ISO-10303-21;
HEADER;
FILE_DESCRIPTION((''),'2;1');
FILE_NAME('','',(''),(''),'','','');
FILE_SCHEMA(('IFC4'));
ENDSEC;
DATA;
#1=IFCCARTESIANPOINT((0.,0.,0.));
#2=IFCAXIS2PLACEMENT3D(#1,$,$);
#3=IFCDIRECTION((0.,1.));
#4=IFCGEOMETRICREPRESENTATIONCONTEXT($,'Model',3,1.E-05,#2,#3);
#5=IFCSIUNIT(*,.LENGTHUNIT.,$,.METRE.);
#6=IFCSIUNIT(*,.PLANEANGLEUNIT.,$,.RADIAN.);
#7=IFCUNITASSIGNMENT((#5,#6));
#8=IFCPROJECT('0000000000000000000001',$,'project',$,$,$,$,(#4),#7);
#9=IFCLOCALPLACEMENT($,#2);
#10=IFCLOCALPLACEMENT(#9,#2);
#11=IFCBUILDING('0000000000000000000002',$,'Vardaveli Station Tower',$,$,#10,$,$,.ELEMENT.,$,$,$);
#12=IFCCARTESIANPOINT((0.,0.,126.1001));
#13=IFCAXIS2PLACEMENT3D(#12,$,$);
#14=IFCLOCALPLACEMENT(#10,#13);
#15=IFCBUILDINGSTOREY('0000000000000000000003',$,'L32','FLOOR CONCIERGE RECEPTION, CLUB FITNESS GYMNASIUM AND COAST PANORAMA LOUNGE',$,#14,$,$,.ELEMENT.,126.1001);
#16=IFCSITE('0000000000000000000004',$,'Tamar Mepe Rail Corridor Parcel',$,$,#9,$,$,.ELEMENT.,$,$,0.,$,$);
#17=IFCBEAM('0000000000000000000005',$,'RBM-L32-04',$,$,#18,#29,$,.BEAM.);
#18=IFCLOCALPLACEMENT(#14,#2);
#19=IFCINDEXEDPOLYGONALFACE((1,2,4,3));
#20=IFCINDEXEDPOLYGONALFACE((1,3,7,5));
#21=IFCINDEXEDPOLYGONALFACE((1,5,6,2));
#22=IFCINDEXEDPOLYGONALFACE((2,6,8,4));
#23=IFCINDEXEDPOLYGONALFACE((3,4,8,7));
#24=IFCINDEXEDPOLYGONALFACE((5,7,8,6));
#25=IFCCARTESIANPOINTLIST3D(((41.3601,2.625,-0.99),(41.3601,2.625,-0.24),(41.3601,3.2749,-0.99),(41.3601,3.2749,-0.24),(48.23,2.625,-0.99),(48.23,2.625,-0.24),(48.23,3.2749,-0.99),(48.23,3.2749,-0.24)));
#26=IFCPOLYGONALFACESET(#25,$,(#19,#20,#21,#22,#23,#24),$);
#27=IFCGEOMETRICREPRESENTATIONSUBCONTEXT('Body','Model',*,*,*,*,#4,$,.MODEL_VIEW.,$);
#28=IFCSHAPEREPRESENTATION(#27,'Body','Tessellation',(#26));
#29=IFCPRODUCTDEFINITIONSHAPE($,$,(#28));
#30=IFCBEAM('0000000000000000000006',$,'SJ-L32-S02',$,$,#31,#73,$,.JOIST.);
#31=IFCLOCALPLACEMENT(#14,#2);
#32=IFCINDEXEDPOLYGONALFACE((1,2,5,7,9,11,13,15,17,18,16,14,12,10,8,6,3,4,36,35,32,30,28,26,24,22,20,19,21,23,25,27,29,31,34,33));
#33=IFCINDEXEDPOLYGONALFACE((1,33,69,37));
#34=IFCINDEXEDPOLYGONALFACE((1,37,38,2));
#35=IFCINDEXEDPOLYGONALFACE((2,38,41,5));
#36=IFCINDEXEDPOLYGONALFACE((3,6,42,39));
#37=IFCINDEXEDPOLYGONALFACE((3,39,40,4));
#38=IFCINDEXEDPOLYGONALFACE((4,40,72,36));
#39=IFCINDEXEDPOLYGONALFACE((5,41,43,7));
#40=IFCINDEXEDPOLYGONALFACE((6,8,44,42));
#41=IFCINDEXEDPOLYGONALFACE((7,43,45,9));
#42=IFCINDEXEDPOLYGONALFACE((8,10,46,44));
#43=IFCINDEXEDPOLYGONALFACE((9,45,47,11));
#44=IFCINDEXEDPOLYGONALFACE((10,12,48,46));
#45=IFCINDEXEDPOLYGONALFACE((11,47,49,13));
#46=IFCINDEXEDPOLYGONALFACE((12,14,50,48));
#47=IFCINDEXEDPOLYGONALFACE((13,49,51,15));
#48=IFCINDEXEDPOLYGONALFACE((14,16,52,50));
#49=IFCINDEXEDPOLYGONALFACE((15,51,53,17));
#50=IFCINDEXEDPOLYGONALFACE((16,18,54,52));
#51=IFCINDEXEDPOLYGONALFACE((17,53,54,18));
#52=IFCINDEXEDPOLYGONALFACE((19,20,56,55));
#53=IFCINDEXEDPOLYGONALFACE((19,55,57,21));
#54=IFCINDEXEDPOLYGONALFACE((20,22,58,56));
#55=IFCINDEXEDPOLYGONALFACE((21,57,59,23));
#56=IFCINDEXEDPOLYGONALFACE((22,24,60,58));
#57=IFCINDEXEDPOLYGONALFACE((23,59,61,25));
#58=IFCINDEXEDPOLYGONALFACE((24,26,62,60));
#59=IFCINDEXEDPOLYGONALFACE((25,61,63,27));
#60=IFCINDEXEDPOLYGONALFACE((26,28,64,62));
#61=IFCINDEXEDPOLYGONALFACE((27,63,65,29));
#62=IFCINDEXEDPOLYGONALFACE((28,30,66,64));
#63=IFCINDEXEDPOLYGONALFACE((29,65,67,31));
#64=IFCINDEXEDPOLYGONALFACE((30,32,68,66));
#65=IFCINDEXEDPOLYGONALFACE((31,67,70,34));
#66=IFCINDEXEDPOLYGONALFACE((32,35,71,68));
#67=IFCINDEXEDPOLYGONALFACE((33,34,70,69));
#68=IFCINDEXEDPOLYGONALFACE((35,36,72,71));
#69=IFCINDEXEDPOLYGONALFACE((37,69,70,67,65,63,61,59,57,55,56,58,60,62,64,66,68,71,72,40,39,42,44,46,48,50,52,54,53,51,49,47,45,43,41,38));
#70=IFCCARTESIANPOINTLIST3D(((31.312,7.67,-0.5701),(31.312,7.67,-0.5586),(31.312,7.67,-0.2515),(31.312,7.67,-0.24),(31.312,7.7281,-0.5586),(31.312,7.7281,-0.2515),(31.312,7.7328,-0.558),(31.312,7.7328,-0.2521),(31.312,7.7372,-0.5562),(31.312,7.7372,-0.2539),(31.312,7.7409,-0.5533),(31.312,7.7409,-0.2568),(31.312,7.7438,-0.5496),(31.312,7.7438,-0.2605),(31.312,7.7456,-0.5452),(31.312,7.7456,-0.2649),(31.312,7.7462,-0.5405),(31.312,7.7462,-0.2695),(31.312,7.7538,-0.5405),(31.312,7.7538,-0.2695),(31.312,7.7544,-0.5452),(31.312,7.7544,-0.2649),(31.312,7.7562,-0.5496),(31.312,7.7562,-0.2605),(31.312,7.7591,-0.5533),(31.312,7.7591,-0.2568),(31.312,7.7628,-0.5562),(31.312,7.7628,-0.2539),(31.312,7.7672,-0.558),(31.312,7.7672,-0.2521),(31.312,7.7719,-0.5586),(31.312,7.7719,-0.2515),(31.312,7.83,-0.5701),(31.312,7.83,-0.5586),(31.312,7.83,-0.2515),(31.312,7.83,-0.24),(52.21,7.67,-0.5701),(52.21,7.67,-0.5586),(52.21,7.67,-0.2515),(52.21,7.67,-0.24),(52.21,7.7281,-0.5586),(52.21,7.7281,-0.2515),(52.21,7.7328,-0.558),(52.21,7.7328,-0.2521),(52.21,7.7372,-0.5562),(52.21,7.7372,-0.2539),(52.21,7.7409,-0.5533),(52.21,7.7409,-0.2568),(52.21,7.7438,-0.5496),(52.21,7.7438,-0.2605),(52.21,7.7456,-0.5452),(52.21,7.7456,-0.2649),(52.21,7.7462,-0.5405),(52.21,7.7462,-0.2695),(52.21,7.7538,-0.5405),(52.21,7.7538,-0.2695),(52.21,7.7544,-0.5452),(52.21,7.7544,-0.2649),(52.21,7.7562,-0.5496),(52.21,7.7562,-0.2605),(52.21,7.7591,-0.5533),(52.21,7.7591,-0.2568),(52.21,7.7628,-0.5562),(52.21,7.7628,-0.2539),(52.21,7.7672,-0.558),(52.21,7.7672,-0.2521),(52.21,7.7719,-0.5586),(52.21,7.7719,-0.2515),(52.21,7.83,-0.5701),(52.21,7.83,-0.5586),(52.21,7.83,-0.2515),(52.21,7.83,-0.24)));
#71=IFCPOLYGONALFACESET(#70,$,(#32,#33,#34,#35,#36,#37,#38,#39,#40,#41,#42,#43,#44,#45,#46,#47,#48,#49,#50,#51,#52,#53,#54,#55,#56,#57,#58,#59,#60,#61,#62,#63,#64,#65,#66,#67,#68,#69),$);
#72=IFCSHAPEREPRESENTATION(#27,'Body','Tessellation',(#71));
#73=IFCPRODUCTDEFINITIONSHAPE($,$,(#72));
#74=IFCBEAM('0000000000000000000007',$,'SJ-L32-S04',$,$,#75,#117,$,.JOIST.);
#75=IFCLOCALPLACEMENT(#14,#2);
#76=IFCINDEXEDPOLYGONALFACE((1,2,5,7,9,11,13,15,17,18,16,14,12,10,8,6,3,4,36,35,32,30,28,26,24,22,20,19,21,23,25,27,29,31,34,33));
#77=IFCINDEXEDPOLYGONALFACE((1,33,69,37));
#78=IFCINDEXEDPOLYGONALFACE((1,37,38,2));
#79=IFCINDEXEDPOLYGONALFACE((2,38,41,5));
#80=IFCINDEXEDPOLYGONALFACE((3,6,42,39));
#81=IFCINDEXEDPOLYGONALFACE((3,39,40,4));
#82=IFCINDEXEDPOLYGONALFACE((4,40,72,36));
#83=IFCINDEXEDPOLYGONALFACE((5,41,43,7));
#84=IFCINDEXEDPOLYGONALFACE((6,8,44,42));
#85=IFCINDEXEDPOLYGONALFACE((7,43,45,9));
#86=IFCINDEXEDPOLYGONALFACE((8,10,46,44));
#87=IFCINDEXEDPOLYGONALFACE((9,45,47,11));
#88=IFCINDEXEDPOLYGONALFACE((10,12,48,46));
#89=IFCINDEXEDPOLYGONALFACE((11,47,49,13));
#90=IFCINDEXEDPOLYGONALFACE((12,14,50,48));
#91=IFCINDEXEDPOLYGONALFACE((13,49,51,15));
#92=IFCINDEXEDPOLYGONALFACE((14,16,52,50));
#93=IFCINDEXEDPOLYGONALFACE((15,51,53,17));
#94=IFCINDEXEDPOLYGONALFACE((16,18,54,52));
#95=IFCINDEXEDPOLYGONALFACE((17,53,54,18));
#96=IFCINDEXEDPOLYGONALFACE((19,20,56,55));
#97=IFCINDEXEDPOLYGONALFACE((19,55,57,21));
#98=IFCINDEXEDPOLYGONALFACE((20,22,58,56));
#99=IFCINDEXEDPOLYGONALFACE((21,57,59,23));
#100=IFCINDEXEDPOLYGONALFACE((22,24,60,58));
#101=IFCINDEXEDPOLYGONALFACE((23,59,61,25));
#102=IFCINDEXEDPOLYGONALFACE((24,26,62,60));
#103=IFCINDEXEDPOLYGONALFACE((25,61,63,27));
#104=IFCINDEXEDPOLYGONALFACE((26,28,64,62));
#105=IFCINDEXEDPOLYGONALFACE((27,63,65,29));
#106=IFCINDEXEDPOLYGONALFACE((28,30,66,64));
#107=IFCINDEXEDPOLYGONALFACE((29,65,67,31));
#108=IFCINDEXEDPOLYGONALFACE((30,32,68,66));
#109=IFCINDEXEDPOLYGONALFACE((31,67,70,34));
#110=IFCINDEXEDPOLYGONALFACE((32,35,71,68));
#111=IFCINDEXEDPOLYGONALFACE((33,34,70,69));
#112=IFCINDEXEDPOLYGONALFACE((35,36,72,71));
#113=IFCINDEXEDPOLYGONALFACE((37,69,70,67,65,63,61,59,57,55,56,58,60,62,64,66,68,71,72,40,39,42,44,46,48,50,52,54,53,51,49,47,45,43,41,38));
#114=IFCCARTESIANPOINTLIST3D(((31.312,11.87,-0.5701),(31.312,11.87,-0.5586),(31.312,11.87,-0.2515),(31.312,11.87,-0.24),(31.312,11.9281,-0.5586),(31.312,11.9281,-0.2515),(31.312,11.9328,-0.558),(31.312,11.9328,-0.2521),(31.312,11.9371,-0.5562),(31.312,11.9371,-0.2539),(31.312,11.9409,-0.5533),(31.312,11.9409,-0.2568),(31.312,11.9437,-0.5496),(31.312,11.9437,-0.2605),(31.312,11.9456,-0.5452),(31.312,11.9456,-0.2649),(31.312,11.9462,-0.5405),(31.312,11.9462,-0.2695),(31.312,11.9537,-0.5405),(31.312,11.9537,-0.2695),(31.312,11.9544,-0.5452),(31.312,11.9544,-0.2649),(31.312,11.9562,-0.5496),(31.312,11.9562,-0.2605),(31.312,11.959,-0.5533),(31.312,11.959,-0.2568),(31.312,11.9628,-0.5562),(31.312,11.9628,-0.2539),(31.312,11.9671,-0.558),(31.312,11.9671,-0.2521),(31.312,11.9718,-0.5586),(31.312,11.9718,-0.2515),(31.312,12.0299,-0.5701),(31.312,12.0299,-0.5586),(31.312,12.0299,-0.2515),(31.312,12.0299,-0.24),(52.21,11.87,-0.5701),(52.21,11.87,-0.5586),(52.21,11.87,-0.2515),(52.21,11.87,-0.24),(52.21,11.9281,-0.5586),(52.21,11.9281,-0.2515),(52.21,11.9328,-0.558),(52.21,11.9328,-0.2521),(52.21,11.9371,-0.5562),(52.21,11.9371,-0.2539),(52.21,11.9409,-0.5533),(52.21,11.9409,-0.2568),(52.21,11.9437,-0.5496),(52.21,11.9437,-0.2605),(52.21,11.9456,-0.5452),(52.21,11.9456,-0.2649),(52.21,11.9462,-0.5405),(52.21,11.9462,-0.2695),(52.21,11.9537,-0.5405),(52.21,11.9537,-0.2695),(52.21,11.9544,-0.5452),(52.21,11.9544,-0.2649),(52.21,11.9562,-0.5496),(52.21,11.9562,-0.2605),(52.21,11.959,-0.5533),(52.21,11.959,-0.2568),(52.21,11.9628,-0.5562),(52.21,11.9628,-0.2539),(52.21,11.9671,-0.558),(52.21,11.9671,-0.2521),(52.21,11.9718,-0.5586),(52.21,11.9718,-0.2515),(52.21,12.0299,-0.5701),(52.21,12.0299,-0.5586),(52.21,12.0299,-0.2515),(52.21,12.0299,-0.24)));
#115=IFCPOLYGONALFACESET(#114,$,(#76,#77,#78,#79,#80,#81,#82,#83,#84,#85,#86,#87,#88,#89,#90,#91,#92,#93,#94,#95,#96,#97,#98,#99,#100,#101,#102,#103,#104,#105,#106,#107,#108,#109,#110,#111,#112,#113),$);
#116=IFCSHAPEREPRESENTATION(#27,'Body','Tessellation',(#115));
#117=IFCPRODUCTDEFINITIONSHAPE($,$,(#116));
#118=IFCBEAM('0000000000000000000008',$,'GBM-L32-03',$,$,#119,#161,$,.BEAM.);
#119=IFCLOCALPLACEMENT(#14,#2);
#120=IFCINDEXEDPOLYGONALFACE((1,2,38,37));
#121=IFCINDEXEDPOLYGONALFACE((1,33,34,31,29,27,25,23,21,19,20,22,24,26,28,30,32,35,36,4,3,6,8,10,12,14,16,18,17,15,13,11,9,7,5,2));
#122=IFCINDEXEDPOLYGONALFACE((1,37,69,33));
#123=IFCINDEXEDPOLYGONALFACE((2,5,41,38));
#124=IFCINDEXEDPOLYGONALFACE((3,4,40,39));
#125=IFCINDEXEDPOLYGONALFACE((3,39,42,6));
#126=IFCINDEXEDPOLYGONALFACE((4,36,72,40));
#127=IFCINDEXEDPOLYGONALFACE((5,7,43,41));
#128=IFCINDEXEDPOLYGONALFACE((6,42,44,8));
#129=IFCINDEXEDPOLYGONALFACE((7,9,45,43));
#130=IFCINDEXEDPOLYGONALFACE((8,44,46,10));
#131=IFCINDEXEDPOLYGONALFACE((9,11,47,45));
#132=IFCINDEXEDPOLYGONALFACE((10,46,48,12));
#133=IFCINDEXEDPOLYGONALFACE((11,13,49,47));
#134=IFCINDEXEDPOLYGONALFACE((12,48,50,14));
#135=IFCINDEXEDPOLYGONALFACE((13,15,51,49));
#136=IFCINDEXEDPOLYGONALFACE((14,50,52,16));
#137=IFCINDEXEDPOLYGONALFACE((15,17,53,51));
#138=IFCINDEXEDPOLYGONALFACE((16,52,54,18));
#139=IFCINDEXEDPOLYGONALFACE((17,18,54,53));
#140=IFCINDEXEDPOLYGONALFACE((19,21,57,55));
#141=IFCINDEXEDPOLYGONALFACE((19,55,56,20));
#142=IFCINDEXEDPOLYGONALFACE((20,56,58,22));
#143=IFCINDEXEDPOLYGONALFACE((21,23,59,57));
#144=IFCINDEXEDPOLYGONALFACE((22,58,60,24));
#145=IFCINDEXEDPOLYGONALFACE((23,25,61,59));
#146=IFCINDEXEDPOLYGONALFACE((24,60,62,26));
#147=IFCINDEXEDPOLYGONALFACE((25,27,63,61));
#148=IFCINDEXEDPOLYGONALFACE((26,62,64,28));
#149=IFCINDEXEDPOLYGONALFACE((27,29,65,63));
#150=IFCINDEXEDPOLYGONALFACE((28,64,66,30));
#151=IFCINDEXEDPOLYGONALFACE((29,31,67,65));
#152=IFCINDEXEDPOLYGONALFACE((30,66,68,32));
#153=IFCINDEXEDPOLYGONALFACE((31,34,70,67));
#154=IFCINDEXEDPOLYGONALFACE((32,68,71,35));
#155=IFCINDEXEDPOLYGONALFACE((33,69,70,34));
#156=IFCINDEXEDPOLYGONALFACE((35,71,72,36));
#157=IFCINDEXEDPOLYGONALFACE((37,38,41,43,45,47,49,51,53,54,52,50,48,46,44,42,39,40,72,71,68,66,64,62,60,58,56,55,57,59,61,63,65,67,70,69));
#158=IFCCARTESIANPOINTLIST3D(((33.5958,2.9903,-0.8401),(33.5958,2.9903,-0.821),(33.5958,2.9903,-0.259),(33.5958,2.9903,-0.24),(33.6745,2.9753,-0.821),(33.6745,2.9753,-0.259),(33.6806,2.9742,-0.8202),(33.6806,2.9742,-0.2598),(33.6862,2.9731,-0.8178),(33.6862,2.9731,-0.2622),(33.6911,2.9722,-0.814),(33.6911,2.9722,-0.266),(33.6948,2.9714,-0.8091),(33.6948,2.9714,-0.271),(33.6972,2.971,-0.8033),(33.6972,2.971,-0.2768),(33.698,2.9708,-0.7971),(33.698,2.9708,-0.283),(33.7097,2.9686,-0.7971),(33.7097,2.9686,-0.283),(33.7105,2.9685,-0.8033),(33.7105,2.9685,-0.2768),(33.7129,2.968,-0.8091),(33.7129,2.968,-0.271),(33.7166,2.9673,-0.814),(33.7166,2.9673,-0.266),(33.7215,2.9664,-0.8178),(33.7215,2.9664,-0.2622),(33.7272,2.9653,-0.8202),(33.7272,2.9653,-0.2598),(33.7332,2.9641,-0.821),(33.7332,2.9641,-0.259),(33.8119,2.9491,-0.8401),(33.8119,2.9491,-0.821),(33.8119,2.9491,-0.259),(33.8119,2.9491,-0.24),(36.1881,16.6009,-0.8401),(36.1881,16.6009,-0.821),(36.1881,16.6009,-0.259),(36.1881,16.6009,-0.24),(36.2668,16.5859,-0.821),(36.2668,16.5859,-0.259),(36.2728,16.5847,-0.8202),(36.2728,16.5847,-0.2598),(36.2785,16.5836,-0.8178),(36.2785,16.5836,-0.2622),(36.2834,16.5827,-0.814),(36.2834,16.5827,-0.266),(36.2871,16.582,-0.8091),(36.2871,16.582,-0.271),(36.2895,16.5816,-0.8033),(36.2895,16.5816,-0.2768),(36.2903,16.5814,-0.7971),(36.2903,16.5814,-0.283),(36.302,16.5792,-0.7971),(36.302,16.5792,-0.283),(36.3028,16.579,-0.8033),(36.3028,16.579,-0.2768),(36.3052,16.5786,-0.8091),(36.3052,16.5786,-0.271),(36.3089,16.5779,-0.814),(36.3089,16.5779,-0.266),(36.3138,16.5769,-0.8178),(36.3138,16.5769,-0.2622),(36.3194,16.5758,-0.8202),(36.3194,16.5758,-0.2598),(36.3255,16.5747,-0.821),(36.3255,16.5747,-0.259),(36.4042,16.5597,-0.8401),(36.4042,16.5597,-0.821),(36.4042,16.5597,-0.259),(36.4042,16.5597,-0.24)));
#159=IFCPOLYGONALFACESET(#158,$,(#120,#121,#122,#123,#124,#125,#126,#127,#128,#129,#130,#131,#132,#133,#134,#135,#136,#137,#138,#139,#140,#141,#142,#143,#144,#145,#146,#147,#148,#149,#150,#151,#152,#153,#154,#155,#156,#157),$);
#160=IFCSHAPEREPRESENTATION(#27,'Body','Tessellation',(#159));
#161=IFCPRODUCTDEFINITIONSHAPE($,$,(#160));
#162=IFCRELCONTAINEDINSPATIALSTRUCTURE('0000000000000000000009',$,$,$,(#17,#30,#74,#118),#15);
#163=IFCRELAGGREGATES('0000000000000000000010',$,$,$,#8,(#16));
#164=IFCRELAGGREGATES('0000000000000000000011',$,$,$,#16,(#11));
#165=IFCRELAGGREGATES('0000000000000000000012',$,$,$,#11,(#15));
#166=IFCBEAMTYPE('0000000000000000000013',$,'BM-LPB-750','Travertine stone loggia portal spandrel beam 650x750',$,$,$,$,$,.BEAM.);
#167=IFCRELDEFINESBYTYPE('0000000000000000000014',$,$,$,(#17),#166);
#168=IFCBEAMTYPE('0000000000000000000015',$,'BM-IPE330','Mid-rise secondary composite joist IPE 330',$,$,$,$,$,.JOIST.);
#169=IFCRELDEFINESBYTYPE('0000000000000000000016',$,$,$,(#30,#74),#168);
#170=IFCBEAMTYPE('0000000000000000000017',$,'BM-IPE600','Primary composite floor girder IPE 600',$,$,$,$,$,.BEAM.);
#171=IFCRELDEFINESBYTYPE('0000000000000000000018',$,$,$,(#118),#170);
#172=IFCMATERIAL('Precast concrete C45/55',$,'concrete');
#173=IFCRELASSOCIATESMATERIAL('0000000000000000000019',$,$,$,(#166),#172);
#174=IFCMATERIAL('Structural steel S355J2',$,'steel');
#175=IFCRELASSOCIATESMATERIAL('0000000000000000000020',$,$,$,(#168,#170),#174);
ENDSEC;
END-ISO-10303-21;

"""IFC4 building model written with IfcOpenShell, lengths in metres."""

from ifc_helpers import new_model, si_unit, direction, frame, origin, origin_2d, place, context, subcontext, project, spatial, rectangle, i_section, extrude, source, transform, mapped, material, material_profile, profile_set, type_object, element, save


model = new_model("IFC4")

# Units and contexts
model_context = context("Model", 3, precision=1e-05, world=origin(), true_north=direction((0.0, 1.0)))
body_context = subcontext(model_context, "Body", "Model", "MODEL_VIEW")
ifc_project = project(units=[si_unit("LENGTHUNIT", "METRE"), si_unit("PLANEANGLEUNIT", "RADIAN")], contexts=[model_context])

# Site, building, storey
site_placement = place(None, origin())
site = spatial("IfcSite", under=ifc_project, at=site_placement, Name="Tamar Mepe Rail Corridor Parcel", CompositionType="ELEMENT", RefElevation=0.0)
building_placement = place(site_placement, origin())
building = spatial("IfcBuilding", under=site, at=building_placement, Name="Vardaveli Station Tower", CompositionType="ELEMENT")
storey_placement = place(building_placement, frame((0.0, 0.0, 126.1001)))
storey = spatial("IfcBuildingStorey", under=building, at=storey_placement, Name="L32", Description="FLOOR CONCIERGE RECEPTION, CLUB FITNESS GYMNASIUM AND COAST PANORAMA LOUNGE", CompositionType="ELEMENT", Elevation=126.1001)

# Beams
ifc_material_1 = material(Name="Structural steel S355J2", Category="steel")
ifc_material_2 = material(Name="Precast concrete C45/55", Category="concrete")
ifc_material_profile_1 = material_profile(ifc_material_2, rectangle(XDim=0.6499, YDim=0.75, at=origin_2d()), Name="LPB 650x750")
ifc_profile_set_1 = profile_set([ifc_material_profile_1], Name="Precast concrete C45/55")
beam_type_1 = type_object("IfcBeamType", Name="BM-LPB-750", Description="Travertine stone loggia portal spandrel beam 650x750", PredefinedType="BEAM", material=ifc_profile_set_1)
shared_shape_1 = source(origin(), body_context, "Body", "SweptSolid", [
    extrude(rectangle(XDim=0.6499, YDim=0.75, at=origin_2d()), origin(), (0.0, 0.0, 1.0), 6.8699),
])
beam_1_placement = place(storey_placement, frame((41.3601, 2.95, -0.615), z_axis=(1.0, 0.0, 0.0), x_axis=(0.0, 1.0, 0.0)))
element("IfcBeam", 1, at=beam_1_placement, inside=storey, type_object=beam_type_1, Name="RBM-L32-04", PredefinedType="BEAM", context=body_context, shape_type="MappedRepresentation", body=[
    mapped(shared_shape_1, transform((0.0, 0.0, 0.0), scale=1.0)),
])
ifc_material_profile_2 = material_profile(ifc_material_1, i_section(OverallWidth=0.1599, OverallDepth=0.3301, WebThickness=0.0076, FlangeThickness=0.0115, FilletRadius=0.0181, at=origin_2d()), Name="IPE 330")
ifc_profile_set_2 = profile_set([ifc_material_profile_2], Name="Structural steel S355J2")
beam_type_2 = type_object("IfcBeamType", Name="BM-IPE330", Description="Mid-rise secondary composite joist IPE 330", PredefinedType="JOIST", material=ifc_profile_set_2)
shared_shape_2 = source(origin(), body_context, "Body", "SweptSolid", [
    extrude(i_section(OverallWidth=0.1599, OverallDepth=0.3301, WebThickness=0.0076, FlangeThickness=0.0115, FilletRadius=0.0181, at=origin_2d()), origin(), (0.0, 0.0, 1.0), 20.8979),
])
for number, where, z_axis, x_axis, name in (
    (2, (31.312, 7.75, -0.405), (1.0, 0.0, 0.0), (0.0, 1.0, 0.0), "SJ-L32-S02"),
    (3, (31.312, 11.95, -0.405), (1.0, 0.0, 0.0), (0.0, 1.0, 0.0), "SJ-L32-S04"),
):
    element("IfcBeam", number, at=place(storey_placement, frame(where, z_axis=z_axis, x_axis=x_axis)), inside=storey, type_object=beam_type_2, Name=name, PredefinedType="JOIST", context=body_context, shape_type="MappedRepresentation", body=[
        mapped(shared_shape_2, transform((0.0, 0.0, 0.0), scale=1.0)),
    ])
ifc_material_profile_3 = material_profile(ifc_material_1, i_section(OverallWidth=0.22, OverallDepth=0.6001, WebThickness=0.012, FlangeThickness=0.019, FilletRadius=0.0239, at=origin_2d()), Name="IPE 600")
ifc_profile_set_3 = profile_set([ifc_material_profile_3], Name="Structural steel S355J2")
beam_type_3 = type_object("IfcBeamType", Name="BM-IPE600", Description="Primary composite floor girder IPE 600", PredefinedType="BEAM", material=ifc_profile_set_3)
shared_shape_3 = source(origin(), body_context, "Body", "SweptSolid", [
    extrude(i_section(OverallWidth=0.22, OverallDepth=0.6001, WebThickness=0.012, FlangeThickness=0.019, FilletRadius=0.0239, at=origin_2d()), origin(), (0.0, 0.0, 1.0), 13.8552),
])
beam_2_placement = place(storey_placement, frame((33.7039, 2.9697, -0.54), z_axis=(0.187098, 0.982341, 0.0), x_axis=(-0.982341, 0.187098, 0.0)))
element("IfcBeam", 4, at=beam_2_placement, inside=storey, type_object=beam_type_3, Name="GBM-L32-03", PredefinedType="BEAM", context=body_context, shape_type="MappedRepresentation", body=[
    mapped(shared_shape_3, transform((0.0, 0.0, 0.0), scale=1.0)),
])

save(model, "model.ifc")
